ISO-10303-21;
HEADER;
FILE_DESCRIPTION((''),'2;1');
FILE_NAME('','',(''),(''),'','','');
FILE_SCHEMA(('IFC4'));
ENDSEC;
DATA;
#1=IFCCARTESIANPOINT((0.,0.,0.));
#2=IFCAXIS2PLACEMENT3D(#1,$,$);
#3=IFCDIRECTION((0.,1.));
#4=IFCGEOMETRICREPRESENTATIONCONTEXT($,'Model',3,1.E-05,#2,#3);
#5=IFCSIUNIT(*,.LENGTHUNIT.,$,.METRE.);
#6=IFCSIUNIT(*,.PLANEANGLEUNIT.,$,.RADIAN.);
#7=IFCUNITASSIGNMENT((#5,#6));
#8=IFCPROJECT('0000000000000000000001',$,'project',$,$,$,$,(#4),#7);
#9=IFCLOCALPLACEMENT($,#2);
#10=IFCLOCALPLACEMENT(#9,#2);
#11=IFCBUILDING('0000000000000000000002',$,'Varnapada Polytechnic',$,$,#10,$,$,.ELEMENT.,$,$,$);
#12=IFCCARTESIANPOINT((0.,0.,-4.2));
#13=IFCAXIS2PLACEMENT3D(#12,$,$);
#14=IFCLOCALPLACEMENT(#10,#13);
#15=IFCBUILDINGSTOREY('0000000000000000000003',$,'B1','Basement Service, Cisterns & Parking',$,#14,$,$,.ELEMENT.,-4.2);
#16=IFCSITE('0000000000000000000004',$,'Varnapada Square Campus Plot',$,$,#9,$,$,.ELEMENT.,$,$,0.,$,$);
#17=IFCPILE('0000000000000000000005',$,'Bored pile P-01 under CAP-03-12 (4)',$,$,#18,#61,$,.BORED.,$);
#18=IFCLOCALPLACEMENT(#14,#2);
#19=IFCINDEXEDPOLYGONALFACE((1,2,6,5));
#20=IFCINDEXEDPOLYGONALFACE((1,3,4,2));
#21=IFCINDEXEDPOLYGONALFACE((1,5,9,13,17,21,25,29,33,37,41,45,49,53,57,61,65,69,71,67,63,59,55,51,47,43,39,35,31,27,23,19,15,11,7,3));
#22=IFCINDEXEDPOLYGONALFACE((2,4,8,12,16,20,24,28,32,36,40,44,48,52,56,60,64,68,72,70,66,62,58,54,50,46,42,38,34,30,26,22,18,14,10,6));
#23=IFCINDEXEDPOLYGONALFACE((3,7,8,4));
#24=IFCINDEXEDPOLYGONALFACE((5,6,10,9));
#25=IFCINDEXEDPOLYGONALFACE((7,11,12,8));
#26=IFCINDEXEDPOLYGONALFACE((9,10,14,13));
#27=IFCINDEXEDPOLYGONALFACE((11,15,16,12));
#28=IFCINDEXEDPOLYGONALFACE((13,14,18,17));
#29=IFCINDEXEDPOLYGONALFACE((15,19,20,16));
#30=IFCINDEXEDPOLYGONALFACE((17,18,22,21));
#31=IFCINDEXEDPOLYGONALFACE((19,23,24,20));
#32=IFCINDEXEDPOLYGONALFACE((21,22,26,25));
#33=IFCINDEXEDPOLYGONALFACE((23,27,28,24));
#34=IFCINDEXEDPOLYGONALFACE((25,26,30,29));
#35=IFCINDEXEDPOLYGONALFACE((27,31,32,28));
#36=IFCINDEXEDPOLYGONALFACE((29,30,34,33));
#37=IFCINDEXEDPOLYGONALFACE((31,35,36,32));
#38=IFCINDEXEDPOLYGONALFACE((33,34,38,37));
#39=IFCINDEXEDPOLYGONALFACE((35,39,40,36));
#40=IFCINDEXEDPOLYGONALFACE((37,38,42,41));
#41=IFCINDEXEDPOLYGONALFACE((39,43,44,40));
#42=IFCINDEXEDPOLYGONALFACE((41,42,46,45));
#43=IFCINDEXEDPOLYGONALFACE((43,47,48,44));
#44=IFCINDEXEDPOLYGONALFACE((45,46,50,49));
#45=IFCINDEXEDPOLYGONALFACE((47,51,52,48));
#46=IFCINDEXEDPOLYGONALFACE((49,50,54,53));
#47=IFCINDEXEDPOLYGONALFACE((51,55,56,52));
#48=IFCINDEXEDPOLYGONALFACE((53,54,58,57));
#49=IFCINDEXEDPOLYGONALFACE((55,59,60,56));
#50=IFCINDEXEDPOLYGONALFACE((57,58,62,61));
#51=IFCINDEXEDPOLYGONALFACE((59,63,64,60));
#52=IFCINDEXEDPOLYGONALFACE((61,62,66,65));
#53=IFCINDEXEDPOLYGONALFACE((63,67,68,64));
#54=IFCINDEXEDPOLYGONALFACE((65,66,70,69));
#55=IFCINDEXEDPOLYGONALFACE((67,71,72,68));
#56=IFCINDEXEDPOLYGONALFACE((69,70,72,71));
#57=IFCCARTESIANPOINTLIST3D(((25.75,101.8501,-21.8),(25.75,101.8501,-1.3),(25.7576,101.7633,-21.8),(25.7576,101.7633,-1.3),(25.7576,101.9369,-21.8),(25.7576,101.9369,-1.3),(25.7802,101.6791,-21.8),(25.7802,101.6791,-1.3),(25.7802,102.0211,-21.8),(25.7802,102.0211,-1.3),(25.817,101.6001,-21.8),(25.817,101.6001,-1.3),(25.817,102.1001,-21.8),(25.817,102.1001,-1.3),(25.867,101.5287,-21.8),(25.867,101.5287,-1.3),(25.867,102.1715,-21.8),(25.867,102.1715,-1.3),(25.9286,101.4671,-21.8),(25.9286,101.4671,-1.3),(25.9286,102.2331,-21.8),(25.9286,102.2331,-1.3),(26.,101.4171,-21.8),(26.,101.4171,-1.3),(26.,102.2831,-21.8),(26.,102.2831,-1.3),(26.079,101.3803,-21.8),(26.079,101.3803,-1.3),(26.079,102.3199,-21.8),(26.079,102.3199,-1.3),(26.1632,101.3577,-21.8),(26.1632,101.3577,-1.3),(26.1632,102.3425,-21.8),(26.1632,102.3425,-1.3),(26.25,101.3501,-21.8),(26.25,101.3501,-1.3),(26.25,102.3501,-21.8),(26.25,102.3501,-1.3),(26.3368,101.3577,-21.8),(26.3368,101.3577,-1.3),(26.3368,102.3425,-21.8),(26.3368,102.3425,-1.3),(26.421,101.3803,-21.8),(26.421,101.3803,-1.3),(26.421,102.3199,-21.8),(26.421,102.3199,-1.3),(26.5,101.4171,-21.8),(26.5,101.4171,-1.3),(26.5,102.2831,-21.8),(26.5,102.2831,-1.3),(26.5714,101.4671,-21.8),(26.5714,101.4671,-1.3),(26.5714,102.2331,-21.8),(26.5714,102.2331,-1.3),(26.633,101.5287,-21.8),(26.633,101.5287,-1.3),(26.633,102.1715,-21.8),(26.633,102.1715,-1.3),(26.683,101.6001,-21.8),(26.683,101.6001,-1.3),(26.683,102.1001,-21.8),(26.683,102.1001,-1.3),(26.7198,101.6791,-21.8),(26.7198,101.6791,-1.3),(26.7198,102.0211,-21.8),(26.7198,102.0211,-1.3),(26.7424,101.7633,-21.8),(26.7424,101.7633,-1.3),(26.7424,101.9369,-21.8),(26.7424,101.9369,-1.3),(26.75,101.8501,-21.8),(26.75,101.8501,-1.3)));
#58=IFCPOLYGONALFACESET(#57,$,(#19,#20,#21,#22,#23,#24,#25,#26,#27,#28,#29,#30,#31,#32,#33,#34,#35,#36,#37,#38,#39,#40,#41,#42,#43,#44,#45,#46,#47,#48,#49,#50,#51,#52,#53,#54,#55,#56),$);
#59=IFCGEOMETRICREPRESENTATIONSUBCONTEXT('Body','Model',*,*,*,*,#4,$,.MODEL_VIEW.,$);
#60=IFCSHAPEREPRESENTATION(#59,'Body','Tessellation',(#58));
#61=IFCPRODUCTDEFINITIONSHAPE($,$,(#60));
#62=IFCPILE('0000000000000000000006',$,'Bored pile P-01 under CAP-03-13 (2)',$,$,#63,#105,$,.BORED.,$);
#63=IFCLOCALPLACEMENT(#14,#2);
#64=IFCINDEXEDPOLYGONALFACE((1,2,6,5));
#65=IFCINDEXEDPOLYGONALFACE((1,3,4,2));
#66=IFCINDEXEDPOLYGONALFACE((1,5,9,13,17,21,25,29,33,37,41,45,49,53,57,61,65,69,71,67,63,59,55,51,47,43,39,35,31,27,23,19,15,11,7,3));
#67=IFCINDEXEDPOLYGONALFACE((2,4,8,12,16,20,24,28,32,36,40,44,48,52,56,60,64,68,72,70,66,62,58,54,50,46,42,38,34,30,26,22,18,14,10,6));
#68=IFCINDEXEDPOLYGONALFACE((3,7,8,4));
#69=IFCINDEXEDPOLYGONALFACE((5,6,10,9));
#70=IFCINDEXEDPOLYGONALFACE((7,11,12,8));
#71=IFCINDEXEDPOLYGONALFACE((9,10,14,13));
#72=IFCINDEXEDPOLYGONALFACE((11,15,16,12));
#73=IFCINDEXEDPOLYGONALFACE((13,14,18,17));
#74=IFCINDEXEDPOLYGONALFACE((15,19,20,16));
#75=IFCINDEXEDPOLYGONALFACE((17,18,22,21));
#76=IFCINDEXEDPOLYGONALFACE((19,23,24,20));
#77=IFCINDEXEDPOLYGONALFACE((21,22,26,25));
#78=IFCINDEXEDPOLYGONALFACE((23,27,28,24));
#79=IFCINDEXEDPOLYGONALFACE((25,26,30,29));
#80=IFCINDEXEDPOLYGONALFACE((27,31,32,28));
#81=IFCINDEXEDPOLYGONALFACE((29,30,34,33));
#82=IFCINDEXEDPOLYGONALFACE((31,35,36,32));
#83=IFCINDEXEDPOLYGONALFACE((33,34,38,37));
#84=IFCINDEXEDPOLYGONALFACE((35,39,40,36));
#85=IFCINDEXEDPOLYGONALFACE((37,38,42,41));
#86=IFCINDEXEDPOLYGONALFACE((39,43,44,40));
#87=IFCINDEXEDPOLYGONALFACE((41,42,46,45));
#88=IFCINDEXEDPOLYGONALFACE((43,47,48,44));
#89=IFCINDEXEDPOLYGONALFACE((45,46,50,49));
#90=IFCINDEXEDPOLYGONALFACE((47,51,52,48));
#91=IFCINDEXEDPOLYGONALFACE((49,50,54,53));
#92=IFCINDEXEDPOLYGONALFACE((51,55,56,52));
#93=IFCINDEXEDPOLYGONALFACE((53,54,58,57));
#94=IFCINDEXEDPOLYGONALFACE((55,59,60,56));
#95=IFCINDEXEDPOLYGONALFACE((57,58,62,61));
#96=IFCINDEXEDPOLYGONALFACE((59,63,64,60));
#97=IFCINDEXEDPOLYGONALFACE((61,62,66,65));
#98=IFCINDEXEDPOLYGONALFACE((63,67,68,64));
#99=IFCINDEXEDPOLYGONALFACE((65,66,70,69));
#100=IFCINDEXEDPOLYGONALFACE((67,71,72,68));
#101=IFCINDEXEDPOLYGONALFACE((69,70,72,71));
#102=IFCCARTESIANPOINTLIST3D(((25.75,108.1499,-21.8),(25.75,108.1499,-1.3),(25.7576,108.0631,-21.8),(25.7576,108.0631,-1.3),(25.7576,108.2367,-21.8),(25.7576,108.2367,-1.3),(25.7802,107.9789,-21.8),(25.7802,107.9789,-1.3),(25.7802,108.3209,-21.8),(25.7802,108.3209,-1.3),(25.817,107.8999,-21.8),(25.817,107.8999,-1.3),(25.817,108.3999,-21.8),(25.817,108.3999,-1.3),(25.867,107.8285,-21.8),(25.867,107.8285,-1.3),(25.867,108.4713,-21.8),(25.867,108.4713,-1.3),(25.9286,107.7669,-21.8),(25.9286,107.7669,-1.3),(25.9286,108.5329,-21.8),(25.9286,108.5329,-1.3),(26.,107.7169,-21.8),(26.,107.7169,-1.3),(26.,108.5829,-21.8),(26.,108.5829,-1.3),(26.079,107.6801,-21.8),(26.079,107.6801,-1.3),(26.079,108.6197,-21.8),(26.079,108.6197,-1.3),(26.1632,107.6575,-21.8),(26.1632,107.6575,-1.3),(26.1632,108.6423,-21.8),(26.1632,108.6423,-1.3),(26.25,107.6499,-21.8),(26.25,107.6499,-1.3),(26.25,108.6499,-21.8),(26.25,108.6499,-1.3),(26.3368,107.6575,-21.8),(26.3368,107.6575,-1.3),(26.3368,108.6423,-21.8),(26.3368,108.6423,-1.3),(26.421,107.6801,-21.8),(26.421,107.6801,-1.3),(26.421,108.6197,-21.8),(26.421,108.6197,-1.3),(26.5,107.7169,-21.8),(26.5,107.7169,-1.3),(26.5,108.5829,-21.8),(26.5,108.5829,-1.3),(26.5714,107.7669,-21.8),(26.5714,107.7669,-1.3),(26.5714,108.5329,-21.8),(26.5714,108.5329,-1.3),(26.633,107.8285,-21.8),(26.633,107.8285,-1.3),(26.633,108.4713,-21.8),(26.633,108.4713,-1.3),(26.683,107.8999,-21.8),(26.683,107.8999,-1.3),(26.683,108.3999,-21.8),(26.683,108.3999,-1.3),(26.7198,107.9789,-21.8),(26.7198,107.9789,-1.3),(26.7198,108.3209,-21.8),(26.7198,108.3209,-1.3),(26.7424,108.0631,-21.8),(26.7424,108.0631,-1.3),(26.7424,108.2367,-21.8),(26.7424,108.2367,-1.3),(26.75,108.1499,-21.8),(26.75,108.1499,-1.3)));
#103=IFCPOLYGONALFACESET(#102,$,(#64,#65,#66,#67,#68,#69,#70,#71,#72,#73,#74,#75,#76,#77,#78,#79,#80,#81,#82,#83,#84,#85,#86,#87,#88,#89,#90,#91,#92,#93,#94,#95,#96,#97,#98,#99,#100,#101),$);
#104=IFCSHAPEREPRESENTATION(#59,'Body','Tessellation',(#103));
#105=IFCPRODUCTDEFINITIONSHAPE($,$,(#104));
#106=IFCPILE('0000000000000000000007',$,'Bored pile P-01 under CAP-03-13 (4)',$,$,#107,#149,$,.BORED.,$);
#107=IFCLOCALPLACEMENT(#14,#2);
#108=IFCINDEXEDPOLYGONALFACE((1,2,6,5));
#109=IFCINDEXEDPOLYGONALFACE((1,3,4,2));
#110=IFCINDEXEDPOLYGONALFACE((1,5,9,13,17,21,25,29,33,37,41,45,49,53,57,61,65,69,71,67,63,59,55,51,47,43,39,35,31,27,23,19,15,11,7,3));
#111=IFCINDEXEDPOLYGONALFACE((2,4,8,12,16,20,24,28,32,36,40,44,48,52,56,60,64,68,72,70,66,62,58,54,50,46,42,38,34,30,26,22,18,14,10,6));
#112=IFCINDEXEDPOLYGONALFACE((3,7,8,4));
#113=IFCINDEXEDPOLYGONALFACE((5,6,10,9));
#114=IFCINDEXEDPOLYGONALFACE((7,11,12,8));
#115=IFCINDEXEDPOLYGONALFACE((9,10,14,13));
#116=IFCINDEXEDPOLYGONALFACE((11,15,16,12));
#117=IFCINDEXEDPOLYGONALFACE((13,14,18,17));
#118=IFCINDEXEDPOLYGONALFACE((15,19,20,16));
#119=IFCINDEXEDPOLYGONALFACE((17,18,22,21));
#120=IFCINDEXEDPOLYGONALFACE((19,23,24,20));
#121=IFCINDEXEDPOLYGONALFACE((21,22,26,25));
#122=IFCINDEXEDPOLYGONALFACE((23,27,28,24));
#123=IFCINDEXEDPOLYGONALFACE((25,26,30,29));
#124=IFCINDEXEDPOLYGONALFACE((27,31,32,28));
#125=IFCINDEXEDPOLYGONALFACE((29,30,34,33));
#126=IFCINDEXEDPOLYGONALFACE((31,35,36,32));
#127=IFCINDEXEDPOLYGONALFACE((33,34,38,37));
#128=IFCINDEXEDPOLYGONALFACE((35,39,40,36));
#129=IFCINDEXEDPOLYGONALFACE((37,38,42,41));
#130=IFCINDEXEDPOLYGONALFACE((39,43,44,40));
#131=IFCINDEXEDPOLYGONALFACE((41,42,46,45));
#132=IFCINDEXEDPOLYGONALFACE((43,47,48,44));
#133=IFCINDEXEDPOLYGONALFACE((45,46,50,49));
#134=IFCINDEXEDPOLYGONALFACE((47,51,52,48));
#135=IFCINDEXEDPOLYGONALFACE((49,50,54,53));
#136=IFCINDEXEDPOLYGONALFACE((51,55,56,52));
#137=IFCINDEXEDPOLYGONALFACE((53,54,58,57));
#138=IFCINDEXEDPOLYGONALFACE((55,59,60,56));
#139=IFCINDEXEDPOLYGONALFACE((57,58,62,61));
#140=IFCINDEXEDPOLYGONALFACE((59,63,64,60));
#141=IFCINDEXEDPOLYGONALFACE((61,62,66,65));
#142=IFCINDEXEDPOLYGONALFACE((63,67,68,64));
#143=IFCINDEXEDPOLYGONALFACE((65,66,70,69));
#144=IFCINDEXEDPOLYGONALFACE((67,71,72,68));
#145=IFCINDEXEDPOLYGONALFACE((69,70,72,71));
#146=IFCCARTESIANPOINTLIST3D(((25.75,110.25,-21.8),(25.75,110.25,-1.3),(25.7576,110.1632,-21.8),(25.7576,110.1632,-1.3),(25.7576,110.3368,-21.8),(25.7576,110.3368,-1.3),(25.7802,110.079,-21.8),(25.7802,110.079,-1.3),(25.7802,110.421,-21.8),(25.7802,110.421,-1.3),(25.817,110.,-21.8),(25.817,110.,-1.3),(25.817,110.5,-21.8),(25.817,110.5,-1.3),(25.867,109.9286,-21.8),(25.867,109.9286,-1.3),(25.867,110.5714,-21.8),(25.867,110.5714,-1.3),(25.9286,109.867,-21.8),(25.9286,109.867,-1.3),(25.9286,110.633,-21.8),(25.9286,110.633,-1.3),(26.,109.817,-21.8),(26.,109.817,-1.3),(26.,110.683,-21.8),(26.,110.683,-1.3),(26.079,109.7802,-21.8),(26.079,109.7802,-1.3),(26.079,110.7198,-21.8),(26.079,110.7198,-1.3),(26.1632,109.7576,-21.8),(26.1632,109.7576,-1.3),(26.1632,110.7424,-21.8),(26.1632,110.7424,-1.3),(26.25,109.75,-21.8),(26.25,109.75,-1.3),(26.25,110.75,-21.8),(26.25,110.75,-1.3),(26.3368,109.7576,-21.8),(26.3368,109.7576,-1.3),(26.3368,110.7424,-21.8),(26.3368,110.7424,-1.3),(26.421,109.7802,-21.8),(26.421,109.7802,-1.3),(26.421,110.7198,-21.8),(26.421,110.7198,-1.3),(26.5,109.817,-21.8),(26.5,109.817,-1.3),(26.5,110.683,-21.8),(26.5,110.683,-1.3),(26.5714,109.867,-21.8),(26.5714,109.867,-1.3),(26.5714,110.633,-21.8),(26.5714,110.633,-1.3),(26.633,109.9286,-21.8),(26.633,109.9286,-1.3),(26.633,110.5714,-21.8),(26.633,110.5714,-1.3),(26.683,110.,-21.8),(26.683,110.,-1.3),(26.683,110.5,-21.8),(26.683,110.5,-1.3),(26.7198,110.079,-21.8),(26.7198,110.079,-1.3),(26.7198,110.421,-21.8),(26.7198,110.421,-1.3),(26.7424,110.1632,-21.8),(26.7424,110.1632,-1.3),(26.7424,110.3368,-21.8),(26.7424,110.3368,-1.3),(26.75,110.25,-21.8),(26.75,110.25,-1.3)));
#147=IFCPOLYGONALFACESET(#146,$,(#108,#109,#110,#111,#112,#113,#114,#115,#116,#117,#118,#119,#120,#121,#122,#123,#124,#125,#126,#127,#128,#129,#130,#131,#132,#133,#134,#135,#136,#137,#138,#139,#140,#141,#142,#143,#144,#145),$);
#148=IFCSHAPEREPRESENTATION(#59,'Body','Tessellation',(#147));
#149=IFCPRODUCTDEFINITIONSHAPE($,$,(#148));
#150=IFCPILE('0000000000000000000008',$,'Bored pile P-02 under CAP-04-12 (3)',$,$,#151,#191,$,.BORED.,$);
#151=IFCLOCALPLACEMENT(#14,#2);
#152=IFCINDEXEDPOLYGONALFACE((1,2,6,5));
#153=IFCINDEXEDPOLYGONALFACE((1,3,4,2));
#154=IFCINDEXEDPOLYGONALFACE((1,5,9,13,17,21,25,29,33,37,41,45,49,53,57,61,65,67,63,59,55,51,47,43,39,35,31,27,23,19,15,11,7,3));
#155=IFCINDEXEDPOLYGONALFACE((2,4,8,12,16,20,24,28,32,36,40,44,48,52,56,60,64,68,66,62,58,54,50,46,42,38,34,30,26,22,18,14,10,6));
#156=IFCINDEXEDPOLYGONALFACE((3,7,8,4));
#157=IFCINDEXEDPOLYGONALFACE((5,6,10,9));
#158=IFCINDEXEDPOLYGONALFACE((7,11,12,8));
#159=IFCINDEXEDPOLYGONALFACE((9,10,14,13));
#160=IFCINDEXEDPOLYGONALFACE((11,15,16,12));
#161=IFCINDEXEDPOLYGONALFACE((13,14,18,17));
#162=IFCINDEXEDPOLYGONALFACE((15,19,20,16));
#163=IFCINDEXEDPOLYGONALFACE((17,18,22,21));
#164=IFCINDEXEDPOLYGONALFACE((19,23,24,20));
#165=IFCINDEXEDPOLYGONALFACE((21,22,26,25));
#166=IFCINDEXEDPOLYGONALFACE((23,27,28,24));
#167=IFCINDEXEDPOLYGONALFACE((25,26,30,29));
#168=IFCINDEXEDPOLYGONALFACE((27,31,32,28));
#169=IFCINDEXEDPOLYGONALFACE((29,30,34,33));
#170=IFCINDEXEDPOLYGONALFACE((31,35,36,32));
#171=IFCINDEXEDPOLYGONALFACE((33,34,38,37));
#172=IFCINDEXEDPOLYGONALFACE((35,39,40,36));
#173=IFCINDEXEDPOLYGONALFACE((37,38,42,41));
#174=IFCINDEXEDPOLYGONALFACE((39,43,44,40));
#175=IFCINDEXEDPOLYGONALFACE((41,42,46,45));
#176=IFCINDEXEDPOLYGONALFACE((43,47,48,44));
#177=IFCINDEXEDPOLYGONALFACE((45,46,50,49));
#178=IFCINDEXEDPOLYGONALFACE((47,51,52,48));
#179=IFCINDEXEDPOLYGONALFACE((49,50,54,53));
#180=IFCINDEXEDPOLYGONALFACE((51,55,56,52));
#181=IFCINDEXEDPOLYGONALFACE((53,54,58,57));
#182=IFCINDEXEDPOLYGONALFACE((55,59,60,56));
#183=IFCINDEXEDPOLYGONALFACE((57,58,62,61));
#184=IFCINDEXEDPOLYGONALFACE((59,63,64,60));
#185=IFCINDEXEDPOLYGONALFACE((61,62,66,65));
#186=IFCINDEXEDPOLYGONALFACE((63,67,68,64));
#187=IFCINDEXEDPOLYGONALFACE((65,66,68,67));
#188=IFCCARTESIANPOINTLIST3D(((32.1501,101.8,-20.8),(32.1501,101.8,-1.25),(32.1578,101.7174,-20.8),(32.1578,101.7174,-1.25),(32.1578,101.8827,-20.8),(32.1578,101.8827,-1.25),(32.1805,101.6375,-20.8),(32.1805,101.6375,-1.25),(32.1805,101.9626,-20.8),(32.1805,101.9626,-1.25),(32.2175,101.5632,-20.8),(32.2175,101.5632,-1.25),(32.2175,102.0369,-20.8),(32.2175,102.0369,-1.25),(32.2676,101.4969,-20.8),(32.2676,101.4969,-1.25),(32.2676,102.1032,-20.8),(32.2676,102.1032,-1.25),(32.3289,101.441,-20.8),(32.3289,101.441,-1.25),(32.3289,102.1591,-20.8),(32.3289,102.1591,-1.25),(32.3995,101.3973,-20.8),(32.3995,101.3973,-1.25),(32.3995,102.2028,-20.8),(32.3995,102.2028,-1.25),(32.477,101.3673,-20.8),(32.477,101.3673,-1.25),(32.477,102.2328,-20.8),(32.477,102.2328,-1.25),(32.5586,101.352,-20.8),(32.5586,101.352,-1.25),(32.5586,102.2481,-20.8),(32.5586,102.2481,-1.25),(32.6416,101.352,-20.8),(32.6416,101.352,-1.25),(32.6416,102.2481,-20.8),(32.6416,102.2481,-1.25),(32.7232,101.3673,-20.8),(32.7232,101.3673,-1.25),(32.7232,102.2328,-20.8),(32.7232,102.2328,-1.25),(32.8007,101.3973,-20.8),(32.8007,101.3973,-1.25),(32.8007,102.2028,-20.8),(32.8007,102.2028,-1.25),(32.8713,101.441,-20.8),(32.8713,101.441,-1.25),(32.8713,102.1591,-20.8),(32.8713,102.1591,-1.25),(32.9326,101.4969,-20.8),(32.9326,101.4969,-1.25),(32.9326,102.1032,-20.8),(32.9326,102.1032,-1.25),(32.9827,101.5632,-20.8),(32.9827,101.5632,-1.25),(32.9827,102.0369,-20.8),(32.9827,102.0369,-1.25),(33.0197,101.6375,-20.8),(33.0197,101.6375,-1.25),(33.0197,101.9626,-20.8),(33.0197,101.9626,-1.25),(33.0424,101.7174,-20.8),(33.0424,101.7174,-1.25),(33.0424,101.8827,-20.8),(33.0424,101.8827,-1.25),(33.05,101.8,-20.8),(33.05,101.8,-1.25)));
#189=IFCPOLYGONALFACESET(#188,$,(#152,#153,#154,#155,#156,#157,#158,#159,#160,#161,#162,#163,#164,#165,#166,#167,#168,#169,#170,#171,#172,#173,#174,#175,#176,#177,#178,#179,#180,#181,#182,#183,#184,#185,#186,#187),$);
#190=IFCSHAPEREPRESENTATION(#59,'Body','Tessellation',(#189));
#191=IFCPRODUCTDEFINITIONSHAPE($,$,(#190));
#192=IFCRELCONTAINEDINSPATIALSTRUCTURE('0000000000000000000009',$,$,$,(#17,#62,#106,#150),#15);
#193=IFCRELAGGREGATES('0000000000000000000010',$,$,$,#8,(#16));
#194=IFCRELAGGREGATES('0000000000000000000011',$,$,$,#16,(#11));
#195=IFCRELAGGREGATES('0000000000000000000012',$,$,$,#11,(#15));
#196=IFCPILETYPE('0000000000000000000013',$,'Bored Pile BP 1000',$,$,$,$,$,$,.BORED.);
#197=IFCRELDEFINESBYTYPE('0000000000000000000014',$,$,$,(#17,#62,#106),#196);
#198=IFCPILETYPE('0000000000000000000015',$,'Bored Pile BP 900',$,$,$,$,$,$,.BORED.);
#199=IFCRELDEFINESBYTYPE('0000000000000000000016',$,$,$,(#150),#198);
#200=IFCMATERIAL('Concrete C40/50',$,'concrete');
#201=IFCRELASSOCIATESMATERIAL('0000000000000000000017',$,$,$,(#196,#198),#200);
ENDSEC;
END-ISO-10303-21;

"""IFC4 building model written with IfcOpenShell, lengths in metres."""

from ifc_helpers import new_model, si_unit, direction, frame, origin, origin_2d, place, context, subcontext, project, spatial, circle, extrude, material, material_profile, profile_set, type_object, element, save


model = new_model("IFC4")

# Units and contexts
model_context = context("Model", 3, precision=1e-05, world=origin(), true_north=direction((0.0, 1.0)))
body_context = subcontext(model_context, "Body", "Model", "MODEL_VIEW")
ifc_project = project(units=[si_unit("LENGTHUNIT", "METRE"), si_unit("PLANEANGLEUNIT", "RADIAN")], contexts=[model_context])

# Site, building, storey
site_placement = place(None, origin())
site = spatial("IfcSite", under=ifc_project, at=site_placement, Name="Varnapada Square Campus Plot", CompositionType="ELEMENT", RefElevation=0.0)
building_placement = place(site_placement, origin())
building = spatial("IfcBuilding", under=site, at=building_placement, Name="Varnapada Polytechnic", CompositionType="ELEMENT")
storey_placement = place(building_placement, frame((0.0, 0.0, -4.2)))
storey = spatial("IfcBuildingStorey", under=building, at=storey_placement, Name="B1", Description="Basement Service, Cisterns & Parking", CompositionType="ELEMENT", Elevation=-4.2)

# Piles
ifc_material_1 = material(Name="Concrete C40/50", Category="concrete")
ifc_material_profile_1 = material_profile(ifc_material_1, circle(Radius=0.5, at=origin_2d()), Name="BP 1000")
ifc_profile_set_1 = profile_set([ifc_material_profile_1], Name="Concrete C40/50")
pile_type_1 = type_object("IfcPileType", Name="Bored Pile BP 1000", PredefinedType="BORED", material=ifc_profile_set_1)
for number, where, z_axis, x_axis, name in (
    (1, (26.25, 101.8501, -1.3), (0.0, 0.0, -1.0), (1.0, 0.0, 0.0), "Bored pile P-01 under CAP-03-12 (4)"),
    (2, (26.25, 108.1499, -1.3), (0.0, 0.0, -1.0), (1.0, 0.0, 0.0), "Bored pile P-01 under CAP-03-13 (2)"),
    (3, (26.25, 110.25, -1.3), (0.0, 0.0, -1.0), (1.0, 0.0, 0.0), "Bored pile P-01 under CAP-03-13 (4)"),
):
    element("IfcPile", number, at=place(storey_placement, frame(where, z_axis=z_axis, x_axis=x_axis)), inside=storey, type_object=pile_type_1, Name=name, PredefinedType="BORED", context=body_context, shape_type="SweptSolid", body=[
        extrude(circle(Radius=0.5, at=origin_2d()), origin(), (0.0, 0.0, 1.0), 20.5),
    ])
ifc_material_profile_2 = material_profile(ifc_material_1, circle(Radius=0.45, at=origin_2d()), Name="BP 900")
ifc_profile_set_2 = profile_set([ifc_material_profile_2], Name="Concrete C40/50")
pile_type_2 = type_object("IfcPileType", Name="Bored Pile BP 900", PredefinedType="BORED", material=ifc_profile_set_2)
for number, where, z_axis, x_axis, name in (
    (4, (32.6001, 101.8, -1.25), (0.0, 0.0, -1.0), (1.0, 0.0, 0.0), "Bored pile P-02 under CAP-04-12 (3)"),
):
    element("IfcPile", number, at=place(storey_placement, frame(where, z_axis=z_axis, x_axis=x_axis)), inside=storey, type_object=pile_type_2, Name=name, PredefinedType="BORED", context=body_context, shape_type="SweptSolid", body=[
        extrude(circle(Radius=0.45, at=origin_2d()), origin(), (0.0, 0.0, 1.0), 19.55),
    ])

save(model, "model.ifc")
